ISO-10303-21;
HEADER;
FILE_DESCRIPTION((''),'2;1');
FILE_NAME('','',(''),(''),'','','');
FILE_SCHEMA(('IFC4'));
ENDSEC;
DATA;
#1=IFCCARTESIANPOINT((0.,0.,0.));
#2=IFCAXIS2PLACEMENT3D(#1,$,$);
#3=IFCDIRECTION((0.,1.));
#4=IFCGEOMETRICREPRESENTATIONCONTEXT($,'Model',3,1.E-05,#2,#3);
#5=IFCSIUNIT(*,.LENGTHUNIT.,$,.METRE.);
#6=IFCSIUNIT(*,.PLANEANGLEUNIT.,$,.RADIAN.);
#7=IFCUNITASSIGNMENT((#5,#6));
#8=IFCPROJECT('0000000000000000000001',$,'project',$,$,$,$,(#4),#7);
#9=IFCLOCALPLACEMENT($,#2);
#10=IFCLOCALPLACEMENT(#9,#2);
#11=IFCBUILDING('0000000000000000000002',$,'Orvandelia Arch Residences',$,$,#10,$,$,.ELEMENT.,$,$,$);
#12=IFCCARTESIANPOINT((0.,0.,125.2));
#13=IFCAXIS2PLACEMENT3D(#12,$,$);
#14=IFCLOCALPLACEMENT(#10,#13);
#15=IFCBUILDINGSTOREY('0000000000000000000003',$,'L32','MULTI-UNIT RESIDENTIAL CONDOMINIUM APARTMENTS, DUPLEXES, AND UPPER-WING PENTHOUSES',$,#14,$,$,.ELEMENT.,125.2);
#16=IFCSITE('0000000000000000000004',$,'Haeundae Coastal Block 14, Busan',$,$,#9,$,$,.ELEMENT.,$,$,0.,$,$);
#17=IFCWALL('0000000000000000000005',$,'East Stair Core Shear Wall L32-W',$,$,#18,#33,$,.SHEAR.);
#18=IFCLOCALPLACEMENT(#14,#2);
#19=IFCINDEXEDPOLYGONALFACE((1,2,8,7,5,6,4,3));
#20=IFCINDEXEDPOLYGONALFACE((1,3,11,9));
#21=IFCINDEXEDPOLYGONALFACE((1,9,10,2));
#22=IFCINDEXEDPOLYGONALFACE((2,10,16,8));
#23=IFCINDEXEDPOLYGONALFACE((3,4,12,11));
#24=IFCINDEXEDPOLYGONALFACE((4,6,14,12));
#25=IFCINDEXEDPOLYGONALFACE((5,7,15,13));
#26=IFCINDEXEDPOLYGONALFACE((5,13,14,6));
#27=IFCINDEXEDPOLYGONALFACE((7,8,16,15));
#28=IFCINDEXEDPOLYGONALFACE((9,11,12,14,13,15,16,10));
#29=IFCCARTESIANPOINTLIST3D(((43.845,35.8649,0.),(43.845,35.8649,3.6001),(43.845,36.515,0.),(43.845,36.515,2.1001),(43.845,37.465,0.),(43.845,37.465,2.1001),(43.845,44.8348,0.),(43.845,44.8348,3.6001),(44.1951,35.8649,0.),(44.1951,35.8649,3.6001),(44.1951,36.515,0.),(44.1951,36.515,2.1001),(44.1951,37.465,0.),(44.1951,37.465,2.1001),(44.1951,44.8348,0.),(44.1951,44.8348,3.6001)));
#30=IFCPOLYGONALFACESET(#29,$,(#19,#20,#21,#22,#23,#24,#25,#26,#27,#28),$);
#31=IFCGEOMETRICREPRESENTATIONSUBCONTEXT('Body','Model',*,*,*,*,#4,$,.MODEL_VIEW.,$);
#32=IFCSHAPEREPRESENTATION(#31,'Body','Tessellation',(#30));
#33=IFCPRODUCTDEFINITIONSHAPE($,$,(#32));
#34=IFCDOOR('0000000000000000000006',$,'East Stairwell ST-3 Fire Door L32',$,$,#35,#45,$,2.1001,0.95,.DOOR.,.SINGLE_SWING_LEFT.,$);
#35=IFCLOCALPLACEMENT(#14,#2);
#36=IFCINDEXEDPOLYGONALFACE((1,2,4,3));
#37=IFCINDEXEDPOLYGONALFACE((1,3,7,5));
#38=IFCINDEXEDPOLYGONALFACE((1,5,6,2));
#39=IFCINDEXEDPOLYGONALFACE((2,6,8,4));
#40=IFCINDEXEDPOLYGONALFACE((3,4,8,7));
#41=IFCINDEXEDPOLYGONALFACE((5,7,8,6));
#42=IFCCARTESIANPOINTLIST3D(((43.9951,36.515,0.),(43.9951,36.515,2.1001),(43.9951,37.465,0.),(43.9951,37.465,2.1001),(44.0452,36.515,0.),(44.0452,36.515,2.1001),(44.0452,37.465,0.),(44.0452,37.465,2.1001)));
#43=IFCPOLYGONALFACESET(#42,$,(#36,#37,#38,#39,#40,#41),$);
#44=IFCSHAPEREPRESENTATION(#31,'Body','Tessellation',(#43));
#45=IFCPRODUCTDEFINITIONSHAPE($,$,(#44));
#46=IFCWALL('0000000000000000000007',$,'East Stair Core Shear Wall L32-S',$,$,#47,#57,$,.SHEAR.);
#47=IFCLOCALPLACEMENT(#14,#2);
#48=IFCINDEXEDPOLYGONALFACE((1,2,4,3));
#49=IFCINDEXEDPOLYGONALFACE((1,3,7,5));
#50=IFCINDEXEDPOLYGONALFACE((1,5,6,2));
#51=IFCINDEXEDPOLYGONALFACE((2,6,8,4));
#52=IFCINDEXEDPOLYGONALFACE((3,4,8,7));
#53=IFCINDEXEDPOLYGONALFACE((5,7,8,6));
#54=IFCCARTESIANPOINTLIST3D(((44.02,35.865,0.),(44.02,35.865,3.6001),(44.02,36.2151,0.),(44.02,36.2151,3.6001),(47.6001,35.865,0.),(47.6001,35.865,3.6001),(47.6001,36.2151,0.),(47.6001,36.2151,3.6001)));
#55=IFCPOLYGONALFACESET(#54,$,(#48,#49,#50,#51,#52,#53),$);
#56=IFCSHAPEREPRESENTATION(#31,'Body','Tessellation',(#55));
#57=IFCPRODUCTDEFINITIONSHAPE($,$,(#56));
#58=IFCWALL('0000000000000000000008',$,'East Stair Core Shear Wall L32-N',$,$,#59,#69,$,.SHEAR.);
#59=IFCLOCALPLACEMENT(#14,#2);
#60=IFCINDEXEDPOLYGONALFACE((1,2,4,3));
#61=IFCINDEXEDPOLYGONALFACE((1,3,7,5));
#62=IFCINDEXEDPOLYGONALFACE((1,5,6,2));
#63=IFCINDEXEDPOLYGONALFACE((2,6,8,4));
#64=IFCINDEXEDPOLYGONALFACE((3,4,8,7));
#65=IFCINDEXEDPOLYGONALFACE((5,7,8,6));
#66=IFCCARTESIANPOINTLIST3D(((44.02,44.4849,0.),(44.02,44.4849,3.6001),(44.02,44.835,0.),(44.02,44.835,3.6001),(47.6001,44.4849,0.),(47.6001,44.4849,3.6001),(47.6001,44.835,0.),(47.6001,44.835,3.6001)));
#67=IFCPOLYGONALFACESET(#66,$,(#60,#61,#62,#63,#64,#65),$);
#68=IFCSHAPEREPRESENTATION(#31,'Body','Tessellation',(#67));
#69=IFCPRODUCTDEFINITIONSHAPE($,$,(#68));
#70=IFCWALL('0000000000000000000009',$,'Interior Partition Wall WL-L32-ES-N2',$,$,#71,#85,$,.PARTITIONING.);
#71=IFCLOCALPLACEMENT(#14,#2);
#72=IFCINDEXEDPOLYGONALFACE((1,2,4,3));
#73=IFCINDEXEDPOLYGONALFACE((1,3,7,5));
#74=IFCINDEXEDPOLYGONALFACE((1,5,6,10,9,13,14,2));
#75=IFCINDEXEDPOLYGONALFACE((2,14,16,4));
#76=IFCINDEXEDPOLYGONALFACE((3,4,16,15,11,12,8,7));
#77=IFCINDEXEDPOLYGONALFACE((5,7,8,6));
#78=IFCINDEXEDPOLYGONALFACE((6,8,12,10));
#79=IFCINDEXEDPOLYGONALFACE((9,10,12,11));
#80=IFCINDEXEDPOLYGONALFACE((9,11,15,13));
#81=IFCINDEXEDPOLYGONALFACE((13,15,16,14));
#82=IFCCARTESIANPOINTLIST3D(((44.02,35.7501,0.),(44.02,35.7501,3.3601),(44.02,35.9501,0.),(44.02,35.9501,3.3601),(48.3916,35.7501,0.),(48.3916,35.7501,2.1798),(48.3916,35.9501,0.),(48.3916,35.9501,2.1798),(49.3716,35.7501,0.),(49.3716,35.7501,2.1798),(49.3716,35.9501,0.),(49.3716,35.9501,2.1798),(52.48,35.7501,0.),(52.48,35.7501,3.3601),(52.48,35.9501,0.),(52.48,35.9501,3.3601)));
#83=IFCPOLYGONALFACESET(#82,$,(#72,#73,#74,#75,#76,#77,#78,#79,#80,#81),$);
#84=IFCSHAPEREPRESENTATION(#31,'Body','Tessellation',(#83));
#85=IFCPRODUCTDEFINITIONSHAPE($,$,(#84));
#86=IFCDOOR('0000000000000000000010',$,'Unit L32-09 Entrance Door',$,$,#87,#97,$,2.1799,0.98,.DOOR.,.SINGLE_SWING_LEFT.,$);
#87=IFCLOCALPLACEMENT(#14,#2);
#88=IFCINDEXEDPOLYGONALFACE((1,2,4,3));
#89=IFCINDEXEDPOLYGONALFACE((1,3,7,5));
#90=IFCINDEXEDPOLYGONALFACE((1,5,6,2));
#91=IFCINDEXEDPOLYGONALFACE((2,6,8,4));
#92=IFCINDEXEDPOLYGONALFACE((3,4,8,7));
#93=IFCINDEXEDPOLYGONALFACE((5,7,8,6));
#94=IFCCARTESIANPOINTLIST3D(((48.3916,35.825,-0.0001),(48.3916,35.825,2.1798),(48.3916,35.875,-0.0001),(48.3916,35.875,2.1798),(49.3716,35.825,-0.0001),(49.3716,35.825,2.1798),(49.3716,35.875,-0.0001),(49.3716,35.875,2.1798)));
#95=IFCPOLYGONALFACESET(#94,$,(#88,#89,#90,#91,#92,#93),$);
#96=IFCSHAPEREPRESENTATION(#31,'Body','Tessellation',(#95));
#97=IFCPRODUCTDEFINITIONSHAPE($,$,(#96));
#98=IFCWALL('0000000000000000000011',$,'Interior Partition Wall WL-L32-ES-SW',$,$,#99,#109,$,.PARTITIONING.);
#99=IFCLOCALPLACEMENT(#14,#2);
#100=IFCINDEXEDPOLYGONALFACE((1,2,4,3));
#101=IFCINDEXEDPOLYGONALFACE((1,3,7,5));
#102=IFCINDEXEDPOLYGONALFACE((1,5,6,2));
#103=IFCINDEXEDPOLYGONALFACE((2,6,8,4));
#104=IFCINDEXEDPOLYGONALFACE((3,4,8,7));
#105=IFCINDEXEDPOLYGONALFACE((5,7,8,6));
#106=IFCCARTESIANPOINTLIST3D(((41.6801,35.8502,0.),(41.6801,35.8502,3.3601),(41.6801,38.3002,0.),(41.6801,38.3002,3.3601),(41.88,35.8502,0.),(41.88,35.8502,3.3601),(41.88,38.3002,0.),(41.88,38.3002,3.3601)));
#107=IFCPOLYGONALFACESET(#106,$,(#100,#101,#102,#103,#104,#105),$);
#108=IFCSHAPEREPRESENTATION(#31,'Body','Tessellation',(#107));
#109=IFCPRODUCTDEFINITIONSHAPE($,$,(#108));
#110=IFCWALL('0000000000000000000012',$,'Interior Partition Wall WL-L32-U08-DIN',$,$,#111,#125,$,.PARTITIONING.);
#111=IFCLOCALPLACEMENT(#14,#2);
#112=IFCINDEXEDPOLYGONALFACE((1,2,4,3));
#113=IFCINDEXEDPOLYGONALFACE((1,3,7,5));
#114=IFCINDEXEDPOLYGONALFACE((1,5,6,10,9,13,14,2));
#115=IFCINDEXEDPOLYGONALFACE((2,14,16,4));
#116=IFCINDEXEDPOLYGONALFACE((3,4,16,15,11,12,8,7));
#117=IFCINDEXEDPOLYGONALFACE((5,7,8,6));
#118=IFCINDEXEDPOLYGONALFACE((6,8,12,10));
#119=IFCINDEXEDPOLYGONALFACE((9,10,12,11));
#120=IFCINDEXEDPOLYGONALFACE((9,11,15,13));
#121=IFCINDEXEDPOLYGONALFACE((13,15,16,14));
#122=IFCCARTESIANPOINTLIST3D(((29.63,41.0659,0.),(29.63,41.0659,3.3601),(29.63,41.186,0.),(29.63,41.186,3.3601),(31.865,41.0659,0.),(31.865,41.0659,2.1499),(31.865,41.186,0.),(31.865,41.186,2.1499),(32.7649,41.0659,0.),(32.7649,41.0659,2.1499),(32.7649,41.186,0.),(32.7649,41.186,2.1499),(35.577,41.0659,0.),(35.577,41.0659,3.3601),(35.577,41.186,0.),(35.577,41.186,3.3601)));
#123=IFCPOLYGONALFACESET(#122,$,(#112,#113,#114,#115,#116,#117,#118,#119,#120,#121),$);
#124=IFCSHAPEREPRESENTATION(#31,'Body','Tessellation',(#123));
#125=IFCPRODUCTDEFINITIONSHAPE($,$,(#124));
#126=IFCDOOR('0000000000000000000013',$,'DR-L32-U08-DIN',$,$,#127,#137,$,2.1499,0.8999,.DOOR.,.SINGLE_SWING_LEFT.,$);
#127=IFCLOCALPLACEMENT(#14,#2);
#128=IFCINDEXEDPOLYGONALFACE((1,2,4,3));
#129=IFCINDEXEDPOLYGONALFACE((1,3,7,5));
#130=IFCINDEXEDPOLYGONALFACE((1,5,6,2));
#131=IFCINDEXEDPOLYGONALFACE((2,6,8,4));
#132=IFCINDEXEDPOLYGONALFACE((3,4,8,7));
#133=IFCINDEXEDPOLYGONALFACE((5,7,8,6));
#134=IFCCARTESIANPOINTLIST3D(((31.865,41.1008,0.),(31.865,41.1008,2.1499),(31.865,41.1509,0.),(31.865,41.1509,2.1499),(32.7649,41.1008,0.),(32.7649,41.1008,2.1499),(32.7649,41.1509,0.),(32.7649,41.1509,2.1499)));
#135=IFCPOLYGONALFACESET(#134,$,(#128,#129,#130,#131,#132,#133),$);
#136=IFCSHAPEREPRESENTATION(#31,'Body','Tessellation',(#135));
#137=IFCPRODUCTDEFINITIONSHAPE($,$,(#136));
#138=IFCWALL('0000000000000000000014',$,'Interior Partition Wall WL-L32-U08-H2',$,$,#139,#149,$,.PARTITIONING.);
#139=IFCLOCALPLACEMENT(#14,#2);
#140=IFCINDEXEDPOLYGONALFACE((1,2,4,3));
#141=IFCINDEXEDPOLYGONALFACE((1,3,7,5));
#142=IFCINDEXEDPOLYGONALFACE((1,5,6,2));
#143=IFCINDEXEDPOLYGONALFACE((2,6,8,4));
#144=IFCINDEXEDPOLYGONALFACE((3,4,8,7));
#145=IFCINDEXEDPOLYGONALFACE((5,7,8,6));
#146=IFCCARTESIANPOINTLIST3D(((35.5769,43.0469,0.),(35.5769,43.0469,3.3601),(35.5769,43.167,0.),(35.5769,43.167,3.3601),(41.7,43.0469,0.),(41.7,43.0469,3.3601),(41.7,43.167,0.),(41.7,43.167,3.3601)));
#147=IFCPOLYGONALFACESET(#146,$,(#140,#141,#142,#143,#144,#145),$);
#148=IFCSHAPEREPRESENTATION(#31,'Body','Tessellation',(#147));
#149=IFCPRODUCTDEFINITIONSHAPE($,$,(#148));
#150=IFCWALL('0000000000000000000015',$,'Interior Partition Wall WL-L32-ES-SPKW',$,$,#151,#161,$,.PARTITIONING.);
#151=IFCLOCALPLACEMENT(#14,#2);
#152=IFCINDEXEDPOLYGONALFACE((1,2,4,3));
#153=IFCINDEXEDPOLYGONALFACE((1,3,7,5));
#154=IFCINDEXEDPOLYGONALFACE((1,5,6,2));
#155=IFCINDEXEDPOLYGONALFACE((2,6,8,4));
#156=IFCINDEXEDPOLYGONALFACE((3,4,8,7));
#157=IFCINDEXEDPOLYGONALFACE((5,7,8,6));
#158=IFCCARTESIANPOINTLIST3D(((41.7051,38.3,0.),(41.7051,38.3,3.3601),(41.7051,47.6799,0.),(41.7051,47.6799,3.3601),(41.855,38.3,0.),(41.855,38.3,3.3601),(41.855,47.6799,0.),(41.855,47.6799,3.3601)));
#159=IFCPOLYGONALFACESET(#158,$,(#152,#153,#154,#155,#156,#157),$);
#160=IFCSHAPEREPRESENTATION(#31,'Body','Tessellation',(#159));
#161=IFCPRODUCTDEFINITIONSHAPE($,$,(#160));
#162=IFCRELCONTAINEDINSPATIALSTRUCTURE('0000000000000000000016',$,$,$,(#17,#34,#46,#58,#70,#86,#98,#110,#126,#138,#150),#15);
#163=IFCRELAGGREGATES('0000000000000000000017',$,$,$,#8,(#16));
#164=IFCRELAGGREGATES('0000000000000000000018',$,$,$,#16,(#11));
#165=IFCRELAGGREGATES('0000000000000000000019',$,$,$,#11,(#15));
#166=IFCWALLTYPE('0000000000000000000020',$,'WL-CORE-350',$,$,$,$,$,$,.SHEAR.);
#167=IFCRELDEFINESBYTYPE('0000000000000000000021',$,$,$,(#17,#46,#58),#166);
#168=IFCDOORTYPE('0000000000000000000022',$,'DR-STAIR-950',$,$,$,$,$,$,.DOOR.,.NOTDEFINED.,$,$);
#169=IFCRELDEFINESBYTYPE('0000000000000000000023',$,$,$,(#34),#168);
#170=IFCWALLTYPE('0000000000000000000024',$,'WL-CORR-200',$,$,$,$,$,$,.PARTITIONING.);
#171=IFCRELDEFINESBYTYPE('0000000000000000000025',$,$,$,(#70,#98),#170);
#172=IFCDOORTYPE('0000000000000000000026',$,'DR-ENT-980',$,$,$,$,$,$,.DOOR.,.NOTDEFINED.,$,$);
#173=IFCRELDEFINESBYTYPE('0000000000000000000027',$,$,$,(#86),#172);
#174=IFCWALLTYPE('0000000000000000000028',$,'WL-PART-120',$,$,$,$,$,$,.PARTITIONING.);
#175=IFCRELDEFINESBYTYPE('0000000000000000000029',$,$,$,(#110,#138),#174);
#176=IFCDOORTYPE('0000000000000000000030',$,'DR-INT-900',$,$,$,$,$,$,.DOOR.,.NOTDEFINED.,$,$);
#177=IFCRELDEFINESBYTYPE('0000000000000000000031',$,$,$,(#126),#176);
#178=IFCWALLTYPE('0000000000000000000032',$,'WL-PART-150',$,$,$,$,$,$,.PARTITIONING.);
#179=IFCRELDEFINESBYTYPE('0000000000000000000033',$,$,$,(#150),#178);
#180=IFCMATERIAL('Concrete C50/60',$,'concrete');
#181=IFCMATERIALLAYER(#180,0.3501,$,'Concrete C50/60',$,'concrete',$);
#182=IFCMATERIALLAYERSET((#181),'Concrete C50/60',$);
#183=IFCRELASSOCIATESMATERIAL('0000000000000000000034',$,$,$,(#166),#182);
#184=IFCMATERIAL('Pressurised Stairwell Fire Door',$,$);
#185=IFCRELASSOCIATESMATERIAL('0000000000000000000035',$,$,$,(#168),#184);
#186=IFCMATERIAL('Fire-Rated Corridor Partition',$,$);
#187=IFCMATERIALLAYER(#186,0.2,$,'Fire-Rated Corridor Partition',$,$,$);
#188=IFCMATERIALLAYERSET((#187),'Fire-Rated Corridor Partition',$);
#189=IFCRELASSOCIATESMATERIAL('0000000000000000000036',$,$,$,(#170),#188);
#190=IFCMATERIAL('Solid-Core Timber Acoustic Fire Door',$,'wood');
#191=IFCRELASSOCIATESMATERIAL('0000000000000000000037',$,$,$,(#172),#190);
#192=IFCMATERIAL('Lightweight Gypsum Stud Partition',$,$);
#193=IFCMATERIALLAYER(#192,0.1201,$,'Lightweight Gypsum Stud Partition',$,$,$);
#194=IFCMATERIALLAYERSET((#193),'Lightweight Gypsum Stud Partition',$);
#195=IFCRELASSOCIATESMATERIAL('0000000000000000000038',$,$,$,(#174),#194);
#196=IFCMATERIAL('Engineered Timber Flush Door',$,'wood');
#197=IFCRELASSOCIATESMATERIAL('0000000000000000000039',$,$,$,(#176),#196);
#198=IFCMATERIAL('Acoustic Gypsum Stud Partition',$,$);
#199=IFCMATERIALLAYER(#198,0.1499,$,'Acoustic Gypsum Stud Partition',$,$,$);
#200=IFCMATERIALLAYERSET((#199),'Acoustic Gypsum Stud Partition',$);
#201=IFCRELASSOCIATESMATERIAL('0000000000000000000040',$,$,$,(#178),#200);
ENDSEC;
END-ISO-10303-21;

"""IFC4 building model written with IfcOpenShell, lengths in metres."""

from ifc_helpers import new_model, si_unit, direction, frame, frame_2d, origin, place, context, subcontext, project, spatial, rectangle, extrude, material, layer, layer_set, type_object, element, fill, save


model = new_model("IFC4")

# Units and contexts
model_context = context("Model", 3, precision=1e-05, world=origin(), true_north=direction((0.0, 1.0)))
body_context = subcontext(model_context, "Body", "Model", "MODEL_VIEW")
ifc_project = project(units=[si_unit("LENGTHUNIT", "METRE"), si_unit("PLANEANGLEUNIT", "RADIAN")], contexts=[model_context])

# Site, building, storey
site_placement = place(None, origin())
site = spatial("IfcSite", under=ifc_project, at=site_placement, Name="Haeundae Coastal Block 14, Busan", CompositionType="ELEMENT", RefElevation=0.0)
building_placement = place(site_placement, origin())
building = spatial("IfcBuilding", under=site, at=building_placement, Name="Orvandelia Arch Residences", CompositionType="ELEMENT")
storey_placement = place(building_placement, frame((0.0, 0.0, 125.2)))
storey = spatial("IfcBuildingStorey", under=building, at=storey_placement, Name="L32", Description="MULTI-UNIT RESIDENTIAL CONDOMINIUM APARTMENTS, DUPLEXES, AND UPPER-WING PENTHOUSES", CompositionType="ELEMENT", Elevation=125.2)

# Wall, opening, door
ifc_material_1 = material(Name="Concrete C50/60", Category="concrete")
ifc_layer_1 = layer(ifc_material_1, 0.3501, Name="Concrete C50/60", Category="concrete")
ifc_layer_set_1 = layer_set([ifc_layer_1], Name="Concrete C50/60")
wall_type_1 = type_object("IfcWallType", Name="WL-CORE-350", PredefinedType="SHEAR", material=ifc_layer_set_1)
wall_1_placement = place(storey_placement, frame((44.02, 35.865, 0.0), z_axis=(0.0, 0.0, 1.0), x_axis=(0.0, 1.0, 0.0)))
wall_1 = element("IfcWall", 1, at=wall_1_placement, inside=storey, type_object=wall_type_1, Name="East Stair Core Shear Wall L32-W", PredefinedType="SHEAR", context=body_context, shape_type="SweptSolid", body=[
    extrude(rectangle(XDim=8.97, YDim=0.3501, at=frame_2d((4.4849, 0.0))), origin(), (0.0, 0.0, 1.0), 3.6001),
])
opening_1_placement = place(wall_1_placement, frame((0.6499, 0.0, 0.0)))
opening_1 = element("IfcOpeningElement", 2, at=opening_1_placement, cuts=wall_1, PredefinedType="OPENING", context=body_context, shape_type="SweptSolid", body=[
    extrude(rectangle(XDim=0.95, YDim=2.1001, at=frame_2d((0.4751, 1.05))), frame((0.0, 0.1851, 0.0), z_axis=(0.0, -1.0, 0.0), x_axis=(1.0, 0.0, 0.0)), (0.0, 0.0, 1.0), 0.3701),
])
ifc_material_2 = material(Name="Pressurised Stairwell Fire Door")
door_type_1 = type_object("IfcDoorType", Name="DR-STAIR-950", OperationType="NOTDEFINED", PredefinedType="DOOR", material=ifc_material_2)
door_1_placement = place(opening_1_placement, origin())
door_1 = element("IfcDoor", 3, at=door_1_placement, inside=storey, type_object=door_type_1, Name="East Stairwell ST-3 Fire Door L32", OperationType="SINGLE_SWING_LEFT", OverallHeight=2.1001, OverallWidth=0.95, PredefinedType="DOOR", context=body_context, shape_type="SweptSolid", body=[
    extrude(rectangle(XDim=0.95, YDim=2.1001, at=frame_2d((0.4751, 1.05))), frame((0.0, 0.0249, 0.0), z_axis=(0.0, -1.0, 0.0), x_axis=(1.0, 0.0, 0.0)), (0.0, 0.0, 1.0), 0.05),
])
fill(opening_1, door_1)

# Walls
for number, where, z_axis, x_axis, name in (
    (4, (44.02, 36.04, 0.0), (0.0, 0.0, 1.0), (1.0, 0.0, 0.0), "East Stair Core Shear Wall L32-S"),
    (5, (44.02, 44.6599, 0.0), (0.0, 0.0, 1.0), (1.0, 0.0, 0.0), "East Stair Core Shear Wall L32-N"),
):
    element("IfcWall", number, at=place(storey_placement, frame(where, z_axis=z_axis, x_axis=x_axis)), inside=storey, type_object=wall_type_1, Name=name, PredefinedType="SHEAR", context=body_context, shape_type="SweptSolid", body=[
        extrude(rectangle(XDim=3.5801, YDim=0.3501, at=frame_2d((1.79, 0.0))), origin(), (0.0, 0.0, 1.0), 3.6001),
    ])

# Wall, opening, door
ifc_material_3 = material(Name="Fire-Rated Corridor Partition")
ifc_layer_2 = layer(ifc_material_3, 0.2, Name="Fire-Rated Corridor Partition")
ifc_layer_set_2 = layer_set([ifc_layer_2], Name="Fire-Rated Corridor Partition")
wall_type_2 = type_object("IfcWallType", Name="WL-CORR-200", PredefinedType="PARTITIONING", material=ifc_layer_set_2)
wall_2_placement = place(storey_placement, frame((44.02, 35.8501, 0.0), z_axis=(0.0, 0.0, 1.0), x_axis=(1.0, 0.0, 0.0)))
wall_2 = element("IfcWall", 6, at=wall_2_placement, inside=storey, type_object=wall_type_2, Name="Interior Partition Wall WL-L32-ES-N2", PredefinedType="PARTITIONING", context=body_context, shape_type="SweptSolid", body=[
    extrude(rectangle(XDim=8.46, YDim=0.2, at=frame_2d((4.23, 0.0))), origin(), (0.0, 0.0, 1.0), 3.3601),
])
opening_2_placement = place(wall_2_placement, frame((4.3716, 0.0, 0.0)))
opening_2 = element("IfcOpeningElement", 7, at=opening_2_placement, cuts=wall_2, PredefinedType="OPENING", context=body_context, shape_type="SweptSolid", body=[
    extrude(rectangle(XDim=0.98, YDim=2.1799, at=frame_2d((0.49, 1.0898))), frame((0.0, 0.1099, 0.0), z_axis=(0.0, -1.0, 0.0), x_axis=(1.0, 0.0, 0.0)), (0.0, 0.0, 1.0), 0.22),
])
ifc_material_4 = material(Name="Solid-Core Timber Acoustic Fire Door", Category="wood")
door_type_2 = type_object("IfcDoorType", Name="DR-ENT-980", OperationType="NOTDEFINED", PredefinedType="DOOR", material=ifc_material_4)
door_2_placement = place(opening_2_placement, origin())
door_2 = element("IfcDoor", 8, at=door_2_placement, inside=storey, type_object=door_type_2, Name="Unit L32-09 Entrance Door", OperationType="SINGLE_SWING_LEFT", OverallHeight=2.1799, OverallWidth=0.98, PredefinedType="DOOR", context=body_context, shape_type="SweptSolid", body=[
    extrude(rectangle(XDim=0.98, YDim=2.1799, at=frame_2d((0.49, 1.0898))), frame((0.0, 0.0249, 0.0), z_axis=(0.0, -1.0, 0.0), x_axis=(1.0, 0.0, 0.0)), (0.0, 0.0, 1.0), 0.05),
])
fill(opening_2, door_2)

# Wall
wall_3_placement = place(storey_placement, frame((41.78, 35.8501, 0.0), z_axis=(0.0, 0.0, 1.0), x_axis=(0.0, 1.0, 0.0)))
element("IfcWall", 9, at=wall_3_placement, inside=storey, type_object=wall_type_2, Name="Interior Partition Wall WL-L32-ES-SW", PredefinedType="PARTITIONING", context=body_context, shape_type="SweptSolid", body=[
    extrude(rectangle(XDim=2.45, YDim=0.2, at=frame_2d((1.2251, 0.0))), origin(), (0.0, 0.0, 1.0), 3.3601),
])

# Wall, opening, door
ifc_material_5 = material(Name="Lightweight Gypsum Stud Partition")
ifc_layer_3 = layer(ifc_material_5, 0.1201, Name="Lightweight Gypsum Stud Partition")
ifc_layer_set_3 = layer_set([ifc_layer_3], Name="Lightweight Gypsum Stud Partition")
wall_type_3 = type_object("IfcWallType", Name="WL-PART-120", PredefinedType="PARTITIONING", material=ifc_layer_set_3)
wall_4_placement = place(storey_placement, frame((29.6299, 41.126, 0.0), z_axis=(0.0, 0.0, 1.0), x_axis=(1.0, 0.0, 0.0)))
wall_4 = element("IfcWall", 10, at=wall_4_placement, inside=storey, type_object=wall_type_3, Name="Interior Partition Wall WL-L32-U08-DIN", PredefinedType="PARTITIONING", context=body_context, shape_type="SweptSolid", body=[
    extrude(rectangle(XDim=5.947, YDim=0.1201, at=frame_2d((2.9736, 0.0))), origin(), (0.0, 0.0, 1.0), 3.3601),
])
opening_3_placement = place(wall_4_placement, frame((2.2351, 0.0, 0.0)))
opening_3 = element("IfcOpeningElement", 11, at=opening_3_placement, cuts=wall_4, PredefinedType="OPENING", context=body_context, shape_type="SweptSolid", body=[
    extrude(rectangle(XDim=0.8999, YDim=2.1499, at=frame_2d((0.45, 1.075))), frame((0.0, 0.0701, 0.0), z_axis=(0.0, -1.0, 0.0), x_axis=(1.0, 0.0, 0.0)), (0.0, 0.0, 1.0), 0.1401),
])
ifc_material_6 = material(Name="Engineered Timber Flush Door", Category="wood")
door_type_3 = type_object("IfcDoorType", Name="DR-INT-900", OperationType="NOTDEFINED", PredefinedType="DOOR", material=ifc_material_6)
door_3_placement = place(opening_3_placement, origin())
door_3 = element("IfcDoor", 12, at=door_3_placement, inside=storey, type_object=door_type_3, Name="DR-L32-U08-DIN", OperationType="SINGLE_SWING_LEFT", OverallHeight=2.1499, OverallWidth=0.8999, PredefinedType="DOOR", context=body_context, shape_type="SweptSolid", body=[
    extrude(rectangle(XDim=0.8999, YDim=2.1499, at=frame_2d((0.45, 1.075))), frame((0.0, 0.0249, 0.0), z_axis=(0.0, -1.0, 0.0), x_axis=(1.0, 0.0, 0.0)), (0.0, 0.0, 1.0), 0.05),
])
fill(opening_3, door_3)

# Walls
wall_5_placement = place(storey_placement, frame((35.5769, 43.1069, 0.0), z_axis=(0.0, 0.0, 1.0), x_axis=(1.0, 0.0, 0.0)))
element("IfcWall", 13, at=wall_5_placement, inside=storey, type_object=wall_type_3, Name="Interior Partition Wall WL-L32-U08-H2", PredefinedType="PARTITIONING", context=body_context, shape_type="SweptSolid", body=[
    extrude(rectangle(XDim=6.123, YDim=0.1201, at=frame_2d((3.0615, 0.0))), origin(), (0.0, 0.0, 1.0), 3.3601),
])
ifc_material_7 = material(Name="Acoustic Gypsum Stud Partition")
ifc_layer_4 = layer(ifc_material_7, 0.1499, Name="Acoustic Gypsum Stud Partition")
ifc_layer_set_4 = layer_set([ifc_layer_4], Name="Acoustic Gypsum Stud Partition")
wall_type_4 = type_object("IfcWallType", Name="WL-PART-150", PredefinedType="PARTITIONING", material=ifc_layer_set_4)
wall_6_placement = place(storey_placement, frame((41.78, 38.3, 0.0), z_axis=(0.0, 0.0, 1.0), x_axis=(0.0, 1.0, 0.0)))
element("IfcWall", 14, at=wall_6_placement, inside=storey, type_object=wall_type_4, Name="Interior Partition Wall WL-L32-ES-SPKW", PredefinedType="PARTITIONING", context=body_context, shape_type="SweptSolid", body=[
    extrude(rectangle(XDim=9.3799, YDim=0.1499, at=frame_2d((4.6899, 0.0))), origin(), (0.0, 0.0, 1.0), 3.3601),
])

save(model, "model.ifc")
